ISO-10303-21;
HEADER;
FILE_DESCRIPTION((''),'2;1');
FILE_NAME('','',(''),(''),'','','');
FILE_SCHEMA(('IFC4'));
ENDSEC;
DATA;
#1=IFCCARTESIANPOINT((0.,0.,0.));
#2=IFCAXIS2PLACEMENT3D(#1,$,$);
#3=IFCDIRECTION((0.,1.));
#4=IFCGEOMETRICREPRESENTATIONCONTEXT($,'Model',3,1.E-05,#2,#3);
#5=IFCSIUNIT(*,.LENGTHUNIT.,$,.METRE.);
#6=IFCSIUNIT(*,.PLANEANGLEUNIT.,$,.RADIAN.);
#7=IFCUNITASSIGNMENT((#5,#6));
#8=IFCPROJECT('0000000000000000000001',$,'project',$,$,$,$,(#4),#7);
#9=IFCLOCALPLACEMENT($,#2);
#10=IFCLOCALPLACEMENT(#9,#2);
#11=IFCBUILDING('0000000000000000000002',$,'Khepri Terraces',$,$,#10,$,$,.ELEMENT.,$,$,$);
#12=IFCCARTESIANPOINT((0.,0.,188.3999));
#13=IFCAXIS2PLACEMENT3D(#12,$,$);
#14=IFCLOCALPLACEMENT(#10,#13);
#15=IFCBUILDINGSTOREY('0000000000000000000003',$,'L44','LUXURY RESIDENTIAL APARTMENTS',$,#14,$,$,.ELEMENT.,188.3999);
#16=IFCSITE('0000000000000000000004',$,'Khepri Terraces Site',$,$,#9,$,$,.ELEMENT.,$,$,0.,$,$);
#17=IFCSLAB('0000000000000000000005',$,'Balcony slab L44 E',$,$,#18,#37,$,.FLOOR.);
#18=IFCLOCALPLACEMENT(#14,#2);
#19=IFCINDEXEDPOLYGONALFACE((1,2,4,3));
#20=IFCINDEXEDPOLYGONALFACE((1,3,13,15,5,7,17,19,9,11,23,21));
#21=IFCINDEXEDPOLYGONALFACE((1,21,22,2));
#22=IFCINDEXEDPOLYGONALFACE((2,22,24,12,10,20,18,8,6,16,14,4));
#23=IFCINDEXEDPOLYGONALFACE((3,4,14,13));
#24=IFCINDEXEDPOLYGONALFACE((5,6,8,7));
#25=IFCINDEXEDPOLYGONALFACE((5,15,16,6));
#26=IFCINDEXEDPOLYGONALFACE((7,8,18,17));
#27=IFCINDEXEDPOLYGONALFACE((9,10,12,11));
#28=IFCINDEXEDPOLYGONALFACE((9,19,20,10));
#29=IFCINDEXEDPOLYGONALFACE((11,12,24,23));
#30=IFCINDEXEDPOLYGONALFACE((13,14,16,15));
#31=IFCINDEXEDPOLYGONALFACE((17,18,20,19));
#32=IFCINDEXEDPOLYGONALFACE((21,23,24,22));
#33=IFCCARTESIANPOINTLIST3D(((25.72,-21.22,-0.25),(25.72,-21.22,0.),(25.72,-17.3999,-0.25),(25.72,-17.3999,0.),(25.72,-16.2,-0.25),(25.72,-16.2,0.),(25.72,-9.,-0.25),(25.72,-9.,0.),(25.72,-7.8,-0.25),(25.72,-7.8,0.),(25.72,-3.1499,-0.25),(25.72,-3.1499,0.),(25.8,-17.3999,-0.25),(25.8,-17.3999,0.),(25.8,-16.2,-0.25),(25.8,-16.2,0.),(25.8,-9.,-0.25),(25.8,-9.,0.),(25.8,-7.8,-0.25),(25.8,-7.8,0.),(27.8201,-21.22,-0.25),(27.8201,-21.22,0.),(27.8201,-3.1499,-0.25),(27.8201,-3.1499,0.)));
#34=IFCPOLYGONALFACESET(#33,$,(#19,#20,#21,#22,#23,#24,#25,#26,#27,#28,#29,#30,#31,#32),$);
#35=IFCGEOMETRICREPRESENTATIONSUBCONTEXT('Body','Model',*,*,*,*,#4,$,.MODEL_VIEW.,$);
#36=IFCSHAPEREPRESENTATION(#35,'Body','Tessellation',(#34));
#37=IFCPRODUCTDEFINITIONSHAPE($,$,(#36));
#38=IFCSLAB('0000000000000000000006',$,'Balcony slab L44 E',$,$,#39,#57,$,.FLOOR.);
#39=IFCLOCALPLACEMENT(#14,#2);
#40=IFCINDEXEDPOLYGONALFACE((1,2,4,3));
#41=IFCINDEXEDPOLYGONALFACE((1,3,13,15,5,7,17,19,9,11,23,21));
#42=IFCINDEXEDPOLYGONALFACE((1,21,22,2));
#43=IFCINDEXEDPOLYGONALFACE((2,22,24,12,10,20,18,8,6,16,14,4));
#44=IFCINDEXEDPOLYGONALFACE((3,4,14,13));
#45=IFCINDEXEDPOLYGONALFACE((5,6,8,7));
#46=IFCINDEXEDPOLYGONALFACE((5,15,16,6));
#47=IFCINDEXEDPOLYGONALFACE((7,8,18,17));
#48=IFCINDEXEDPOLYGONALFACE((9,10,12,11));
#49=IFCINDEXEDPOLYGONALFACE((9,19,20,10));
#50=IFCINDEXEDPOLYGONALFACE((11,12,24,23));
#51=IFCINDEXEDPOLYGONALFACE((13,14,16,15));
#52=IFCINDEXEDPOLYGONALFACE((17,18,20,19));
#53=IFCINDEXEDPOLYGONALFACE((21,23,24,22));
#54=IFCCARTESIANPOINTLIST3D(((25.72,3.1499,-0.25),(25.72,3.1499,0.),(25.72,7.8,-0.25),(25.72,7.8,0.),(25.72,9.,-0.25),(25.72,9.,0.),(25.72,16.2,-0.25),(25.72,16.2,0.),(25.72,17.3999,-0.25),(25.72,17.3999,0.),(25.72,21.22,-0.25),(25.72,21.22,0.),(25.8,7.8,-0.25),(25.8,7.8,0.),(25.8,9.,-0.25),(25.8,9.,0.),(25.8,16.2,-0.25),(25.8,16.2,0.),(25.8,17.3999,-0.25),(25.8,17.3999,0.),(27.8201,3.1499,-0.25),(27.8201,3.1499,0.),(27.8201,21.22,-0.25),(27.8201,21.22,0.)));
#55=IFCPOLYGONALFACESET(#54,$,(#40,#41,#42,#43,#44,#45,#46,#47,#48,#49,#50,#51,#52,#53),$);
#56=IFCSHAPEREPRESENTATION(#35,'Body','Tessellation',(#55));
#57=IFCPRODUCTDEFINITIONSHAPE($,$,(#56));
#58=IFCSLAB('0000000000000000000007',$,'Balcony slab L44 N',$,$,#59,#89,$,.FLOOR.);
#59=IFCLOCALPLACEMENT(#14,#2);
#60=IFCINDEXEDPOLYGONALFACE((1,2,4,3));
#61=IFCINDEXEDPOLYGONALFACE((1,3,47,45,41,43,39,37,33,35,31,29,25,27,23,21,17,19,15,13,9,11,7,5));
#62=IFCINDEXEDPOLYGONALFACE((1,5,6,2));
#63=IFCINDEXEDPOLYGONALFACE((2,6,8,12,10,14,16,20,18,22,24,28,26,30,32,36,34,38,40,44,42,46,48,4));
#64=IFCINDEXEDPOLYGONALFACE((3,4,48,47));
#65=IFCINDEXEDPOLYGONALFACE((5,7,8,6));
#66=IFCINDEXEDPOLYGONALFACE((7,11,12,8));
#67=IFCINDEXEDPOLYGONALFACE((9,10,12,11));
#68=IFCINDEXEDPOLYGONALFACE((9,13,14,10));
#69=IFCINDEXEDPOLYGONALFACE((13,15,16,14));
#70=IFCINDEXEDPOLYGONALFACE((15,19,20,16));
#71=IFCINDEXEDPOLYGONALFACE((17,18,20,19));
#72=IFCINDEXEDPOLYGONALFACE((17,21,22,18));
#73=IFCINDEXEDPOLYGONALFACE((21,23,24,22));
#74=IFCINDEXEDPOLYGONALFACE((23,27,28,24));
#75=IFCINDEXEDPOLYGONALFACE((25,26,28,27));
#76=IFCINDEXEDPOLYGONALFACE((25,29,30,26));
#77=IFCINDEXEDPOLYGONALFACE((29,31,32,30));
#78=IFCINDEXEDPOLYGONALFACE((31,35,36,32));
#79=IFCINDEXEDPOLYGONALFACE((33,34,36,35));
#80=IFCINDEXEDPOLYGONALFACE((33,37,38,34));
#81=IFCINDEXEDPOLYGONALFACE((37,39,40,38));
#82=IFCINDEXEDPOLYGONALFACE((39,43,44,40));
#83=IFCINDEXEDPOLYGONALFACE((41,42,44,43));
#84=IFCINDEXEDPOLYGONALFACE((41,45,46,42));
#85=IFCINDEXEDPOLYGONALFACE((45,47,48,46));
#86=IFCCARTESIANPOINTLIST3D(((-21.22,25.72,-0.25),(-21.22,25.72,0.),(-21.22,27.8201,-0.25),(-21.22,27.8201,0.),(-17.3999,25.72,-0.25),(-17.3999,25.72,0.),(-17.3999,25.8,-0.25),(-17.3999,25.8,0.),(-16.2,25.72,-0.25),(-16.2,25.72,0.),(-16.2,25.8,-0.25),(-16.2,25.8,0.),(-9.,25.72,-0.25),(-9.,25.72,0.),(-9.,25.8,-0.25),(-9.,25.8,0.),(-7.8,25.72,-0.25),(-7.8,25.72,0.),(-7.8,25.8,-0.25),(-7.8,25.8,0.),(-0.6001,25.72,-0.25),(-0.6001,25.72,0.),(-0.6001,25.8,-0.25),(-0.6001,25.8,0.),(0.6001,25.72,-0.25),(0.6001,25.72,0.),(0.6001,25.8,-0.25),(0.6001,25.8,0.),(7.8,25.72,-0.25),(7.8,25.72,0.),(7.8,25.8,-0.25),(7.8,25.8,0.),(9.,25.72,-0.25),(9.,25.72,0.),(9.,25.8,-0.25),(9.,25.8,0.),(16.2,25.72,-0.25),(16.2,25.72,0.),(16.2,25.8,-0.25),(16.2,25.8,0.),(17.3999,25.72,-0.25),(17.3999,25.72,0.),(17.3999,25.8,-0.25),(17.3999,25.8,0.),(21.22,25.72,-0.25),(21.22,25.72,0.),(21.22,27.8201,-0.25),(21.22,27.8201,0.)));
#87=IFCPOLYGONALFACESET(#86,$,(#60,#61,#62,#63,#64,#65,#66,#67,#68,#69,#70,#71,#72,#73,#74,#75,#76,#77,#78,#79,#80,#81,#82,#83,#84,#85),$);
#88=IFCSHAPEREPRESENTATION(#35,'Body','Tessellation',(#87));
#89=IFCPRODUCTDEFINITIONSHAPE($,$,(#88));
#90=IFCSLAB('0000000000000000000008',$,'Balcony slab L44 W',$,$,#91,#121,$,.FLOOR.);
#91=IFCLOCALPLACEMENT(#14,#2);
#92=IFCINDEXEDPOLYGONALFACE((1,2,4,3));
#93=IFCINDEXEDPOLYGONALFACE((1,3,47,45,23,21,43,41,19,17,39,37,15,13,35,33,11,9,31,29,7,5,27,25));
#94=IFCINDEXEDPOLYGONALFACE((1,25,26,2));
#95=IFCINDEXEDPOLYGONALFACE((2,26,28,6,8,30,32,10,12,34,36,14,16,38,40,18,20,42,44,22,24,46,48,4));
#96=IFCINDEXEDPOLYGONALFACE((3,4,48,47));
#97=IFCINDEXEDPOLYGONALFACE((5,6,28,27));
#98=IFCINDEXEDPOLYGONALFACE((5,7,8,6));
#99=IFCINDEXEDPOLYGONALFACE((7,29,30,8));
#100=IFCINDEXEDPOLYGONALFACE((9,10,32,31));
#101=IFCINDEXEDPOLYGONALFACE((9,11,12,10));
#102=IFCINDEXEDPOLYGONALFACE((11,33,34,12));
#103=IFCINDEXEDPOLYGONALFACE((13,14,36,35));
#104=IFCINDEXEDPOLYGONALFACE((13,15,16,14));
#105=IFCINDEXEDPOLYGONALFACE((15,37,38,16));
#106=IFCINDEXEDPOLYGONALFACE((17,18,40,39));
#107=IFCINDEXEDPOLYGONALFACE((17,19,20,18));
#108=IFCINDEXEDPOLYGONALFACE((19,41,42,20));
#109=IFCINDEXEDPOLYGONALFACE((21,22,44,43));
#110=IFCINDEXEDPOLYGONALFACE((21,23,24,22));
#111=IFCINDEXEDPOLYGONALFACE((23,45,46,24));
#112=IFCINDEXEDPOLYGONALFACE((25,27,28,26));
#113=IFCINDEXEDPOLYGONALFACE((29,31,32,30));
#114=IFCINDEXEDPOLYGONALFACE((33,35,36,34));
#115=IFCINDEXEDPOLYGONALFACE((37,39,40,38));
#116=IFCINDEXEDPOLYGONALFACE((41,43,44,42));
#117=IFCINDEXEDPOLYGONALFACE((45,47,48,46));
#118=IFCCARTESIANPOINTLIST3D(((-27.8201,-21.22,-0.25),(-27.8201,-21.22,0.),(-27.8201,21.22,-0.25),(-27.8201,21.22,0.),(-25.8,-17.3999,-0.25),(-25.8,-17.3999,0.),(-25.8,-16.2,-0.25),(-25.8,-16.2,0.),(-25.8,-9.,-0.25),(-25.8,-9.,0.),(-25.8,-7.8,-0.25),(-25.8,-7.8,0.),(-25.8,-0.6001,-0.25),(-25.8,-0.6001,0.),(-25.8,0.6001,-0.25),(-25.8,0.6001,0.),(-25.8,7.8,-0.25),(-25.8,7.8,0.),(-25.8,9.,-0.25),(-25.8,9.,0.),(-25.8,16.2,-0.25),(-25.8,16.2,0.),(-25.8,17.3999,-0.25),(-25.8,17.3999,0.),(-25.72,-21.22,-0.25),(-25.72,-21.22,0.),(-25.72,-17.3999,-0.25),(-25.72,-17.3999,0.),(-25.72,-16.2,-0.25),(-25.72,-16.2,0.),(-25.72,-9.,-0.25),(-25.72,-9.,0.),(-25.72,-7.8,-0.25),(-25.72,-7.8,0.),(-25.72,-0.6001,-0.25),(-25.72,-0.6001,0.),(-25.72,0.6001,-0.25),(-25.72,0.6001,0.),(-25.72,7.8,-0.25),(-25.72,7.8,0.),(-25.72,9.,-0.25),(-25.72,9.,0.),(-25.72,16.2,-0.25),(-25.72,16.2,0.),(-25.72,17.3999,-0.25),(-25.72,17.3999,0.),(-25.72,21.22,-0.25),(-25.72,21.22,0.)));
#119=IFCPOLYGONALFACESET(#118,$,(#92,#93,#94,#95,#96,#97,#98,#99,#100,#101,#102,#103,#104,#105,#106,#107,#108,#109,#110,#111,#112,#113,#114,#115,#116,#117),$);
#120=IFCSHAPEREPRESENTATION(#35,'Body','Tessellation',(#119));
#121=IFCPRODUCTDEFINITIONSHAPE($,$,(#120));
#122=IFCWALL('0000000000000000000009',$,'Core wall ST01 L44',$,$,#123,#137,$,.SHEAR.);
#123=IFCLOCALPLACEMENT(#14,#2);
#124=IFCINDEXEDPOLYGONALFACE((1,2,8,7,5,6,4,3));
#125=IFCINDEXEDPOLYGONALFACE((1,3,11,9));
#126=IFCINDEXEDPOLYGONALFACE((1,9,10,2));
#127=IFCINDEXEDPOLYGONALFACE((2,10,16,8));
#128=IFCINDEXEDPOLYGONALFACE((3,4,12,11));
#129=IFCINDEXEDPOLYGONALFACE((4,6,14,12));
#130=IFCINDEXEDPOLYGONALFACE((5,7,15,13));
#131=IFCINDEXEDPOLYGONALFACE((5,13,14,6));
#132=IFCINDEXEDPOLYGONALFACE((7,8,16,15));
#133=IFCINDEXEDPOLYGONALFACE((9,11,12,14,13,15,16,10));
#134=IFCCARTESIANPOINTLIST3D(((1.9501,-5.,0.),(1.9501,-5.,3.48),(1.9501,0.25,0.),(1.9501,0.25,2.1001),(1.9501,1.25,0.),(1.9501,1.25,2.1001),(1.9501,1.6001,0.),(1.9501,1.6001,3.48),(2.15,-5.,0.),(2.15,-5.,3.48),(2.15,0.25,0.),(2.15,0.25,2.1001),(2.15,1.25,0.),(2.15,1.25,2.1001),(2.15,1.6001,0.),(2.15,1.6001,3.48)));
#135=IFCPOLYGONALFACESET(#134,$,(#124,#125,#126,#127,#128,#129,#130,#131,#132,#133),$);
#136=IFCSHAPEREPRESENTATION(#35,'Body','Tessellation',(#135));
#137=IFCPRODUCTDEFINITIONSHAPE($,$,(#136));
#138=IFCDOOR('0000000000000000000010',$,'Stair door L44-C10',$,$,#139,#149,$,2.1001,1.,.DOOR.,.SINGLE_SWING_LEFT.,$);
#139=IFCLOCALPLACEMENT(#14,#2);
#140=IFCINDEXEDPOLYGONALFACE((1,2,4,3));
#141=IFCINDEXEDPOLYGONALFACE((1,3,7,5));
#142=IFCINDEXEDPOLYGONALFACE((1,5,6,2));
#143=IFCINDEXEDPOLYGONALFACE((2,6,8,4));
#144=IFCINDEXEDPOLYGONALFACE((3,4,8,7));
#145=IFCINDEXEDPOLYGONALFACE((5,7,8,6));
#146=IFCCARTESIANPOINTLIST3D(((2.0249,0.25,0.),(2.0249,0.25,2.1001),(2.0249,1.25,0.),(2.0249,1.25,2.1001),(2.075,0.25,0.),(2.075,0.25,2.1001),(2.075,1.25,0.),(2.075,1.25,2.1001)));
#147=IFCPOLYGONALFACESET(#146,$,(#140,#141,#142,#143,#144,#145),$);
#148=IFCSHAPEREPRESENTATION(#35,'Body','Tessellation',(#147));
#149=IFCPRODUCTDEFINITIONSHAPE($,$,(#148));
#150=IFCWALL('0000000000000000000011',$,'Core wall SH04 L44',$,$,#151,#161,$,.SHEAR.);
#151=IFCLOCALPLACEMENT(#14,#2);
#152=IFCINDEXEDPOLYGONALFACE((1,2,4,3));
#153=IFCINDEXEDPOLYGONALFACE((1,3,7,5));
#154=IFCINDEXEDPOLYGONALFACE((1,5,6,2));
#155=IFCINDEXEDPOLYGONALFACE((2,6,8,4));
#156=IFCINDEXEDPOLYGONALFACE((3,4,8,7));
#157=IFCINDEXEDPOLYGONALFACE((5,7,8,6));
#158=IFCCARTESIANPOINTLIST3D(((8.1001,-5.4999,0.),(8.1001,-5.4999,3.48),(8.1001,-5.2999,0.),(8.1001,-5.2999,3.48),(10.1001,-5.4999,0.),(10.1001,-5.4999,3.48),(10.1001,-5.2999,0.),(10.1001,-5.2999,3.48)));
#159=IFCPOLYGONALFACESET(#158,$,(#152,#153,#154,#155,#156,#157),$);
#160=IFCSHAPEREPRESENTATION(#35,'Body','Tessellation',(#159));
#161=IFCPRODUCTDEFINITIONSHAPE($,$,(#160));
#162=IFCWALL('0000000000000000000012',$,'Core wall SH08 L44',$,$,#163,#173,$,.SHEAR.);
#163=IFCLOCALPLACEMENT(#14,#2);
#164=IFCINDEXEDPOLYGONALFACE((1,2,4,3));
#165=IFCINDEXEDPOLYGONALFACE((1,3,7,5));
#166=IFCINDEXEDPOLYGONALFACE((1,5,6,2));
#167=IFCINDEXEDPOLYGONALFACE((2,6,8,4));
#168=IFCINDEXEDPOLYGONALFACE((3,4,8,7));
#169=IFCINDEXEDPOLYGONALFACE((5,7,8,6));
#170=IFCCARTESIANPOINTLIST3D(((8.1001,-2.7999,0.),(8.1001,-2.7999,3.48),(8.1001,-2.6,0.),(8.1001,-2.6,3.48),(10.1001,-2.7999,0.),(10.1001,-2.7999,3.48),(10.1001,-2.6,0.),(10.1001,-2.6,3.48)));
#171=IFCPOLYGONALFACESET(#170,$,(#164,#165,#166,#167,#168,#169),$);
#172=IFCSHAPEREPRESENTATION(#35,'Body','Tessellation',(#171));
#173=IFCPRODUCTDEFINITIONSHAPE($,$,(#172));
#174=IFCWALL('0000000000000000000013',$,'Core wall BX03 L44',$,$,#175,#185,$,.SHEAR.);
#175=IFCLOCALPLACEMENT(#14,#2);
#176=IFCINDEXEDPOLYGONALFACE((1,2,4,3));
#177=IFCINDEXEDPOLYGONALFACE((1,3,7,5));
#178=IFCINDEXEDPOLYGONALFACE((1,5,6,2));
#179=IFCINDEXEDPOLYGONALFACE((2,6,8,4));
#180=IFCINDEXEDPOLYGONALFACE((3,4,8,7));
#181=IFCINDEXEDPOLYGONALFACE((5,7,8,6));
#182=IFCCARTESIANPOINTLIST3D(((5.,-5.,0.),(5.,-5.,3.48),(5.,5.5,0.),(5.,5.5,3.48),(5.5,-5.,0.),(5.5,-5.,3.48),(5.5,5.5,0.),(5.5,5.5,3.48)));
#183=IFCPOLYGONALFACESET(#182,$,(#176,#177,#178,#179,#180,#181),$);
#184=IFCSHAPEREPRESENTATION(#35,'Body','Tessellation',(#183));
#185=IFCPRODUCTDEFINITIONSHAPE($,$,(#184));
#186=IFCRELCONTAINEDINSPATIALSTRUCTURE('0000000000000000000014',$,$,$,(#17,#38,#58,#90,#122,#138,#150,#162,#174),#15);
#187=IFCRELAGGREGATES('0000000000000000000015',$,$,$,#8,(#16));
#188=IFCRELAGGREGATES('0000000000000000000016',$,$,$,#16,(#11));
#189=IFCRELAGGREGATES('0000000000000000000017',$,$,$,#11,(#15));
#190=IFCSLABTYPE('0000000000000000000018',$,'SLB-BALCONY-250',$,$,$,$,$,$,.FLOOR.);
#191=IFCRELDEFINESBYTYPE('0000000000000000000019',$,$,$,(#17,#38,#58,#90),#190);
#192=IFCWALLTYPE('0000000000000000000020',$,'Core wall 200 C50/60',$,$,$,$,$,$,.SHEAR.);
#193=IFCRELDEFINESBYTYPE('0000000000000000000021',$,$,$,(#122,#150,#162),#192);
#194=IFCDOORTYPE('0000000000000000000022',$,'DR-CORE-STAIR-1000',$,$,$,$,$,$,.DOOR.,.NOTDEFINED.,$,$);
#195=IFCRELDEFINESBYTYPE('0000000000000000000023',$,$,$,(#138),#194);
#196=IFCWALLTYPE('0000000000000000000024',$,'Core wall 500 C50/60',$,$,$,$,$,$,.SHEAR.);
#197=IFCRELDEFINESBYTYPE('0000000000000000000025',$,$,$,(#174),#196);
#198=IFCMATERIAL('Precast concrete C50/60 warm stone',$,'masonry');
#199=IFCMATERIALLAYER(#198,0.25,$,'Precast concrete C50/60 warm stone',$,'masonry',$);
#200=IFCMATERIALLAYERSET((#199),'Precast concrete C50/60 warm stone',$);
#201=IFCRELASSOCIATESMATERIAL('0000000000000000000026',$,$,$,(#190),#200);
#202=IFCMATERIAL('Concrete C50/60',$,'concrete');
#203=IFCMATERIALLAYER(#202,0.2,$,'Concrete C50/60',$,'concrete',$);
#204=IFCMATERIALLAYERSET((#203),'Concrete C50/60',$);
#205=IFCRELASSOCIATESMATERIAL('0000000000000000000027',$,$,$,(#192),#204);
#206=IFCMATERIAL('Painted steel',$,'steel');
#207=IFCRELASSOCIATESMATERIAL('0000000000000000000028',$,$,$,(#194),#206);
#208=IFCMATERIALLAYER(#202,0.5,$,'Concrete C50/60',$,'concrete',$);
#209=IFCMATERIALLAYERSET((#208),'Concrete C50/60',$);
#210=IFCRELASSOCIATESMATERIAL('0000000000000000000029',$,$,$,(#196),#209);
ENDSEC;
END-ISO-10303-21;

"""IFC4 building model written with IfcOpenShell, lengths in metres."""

from ifc_helpers import new_model, si_unit, direction, frame, frame_2d, origin, place, context, subcontext, project, spatial, polyline, rectangle, outline, extrude, material, layer, layer_set, type_object, element, fill, save


model = new_model("IFC4")

# Units and contexts
model_context = context("Model", 3, precision=1e-05, world=origin(), true_north=direction((0.0, 1.0)))
body_context = subcontext(model_context, "Body", "Model", "MODEL_VIEW")
ifc_project = project(units=[si_unit("LENGTHUNIT", "METRE"), si_unit("PLANEANGLEUNIT", "RADIAN")], contexts=[model_context])

# Site, building, storey
site_placement = place(None, origin())
site = spatial("IfcSite", under=ifc_project, at=site_placement, Name="Khepri Terraces Site", CompositionType="ELEMENT", RefElevation=0.0)
building_placement = place(site_placement, origin())
building = spatial("IfcBuilding", under=site, at=building_placement, Name="Khepri Terraces", CompositionType="ELEMENT")
storey_placement = place(building_placement, frame((0.0, 0.0, 188.3999)))
storey = spatial("IfcBuildingStorey", under=building, at=storey_placement, Name="L44", Description="LUXURY RESIDENTIAL APARTMENTS", CompositionType="ELEMENT", Elevation=188.3999)

# Slabs
ifc_material_1 = material(Name="Precast concrete C50/60 warm stone", Category="masonry")
ifc_layer_1 = layer(ifc_material_1, 0.25, Name="Precast concrete C50/60 warm stone", Category="masonry")
ifc_layer_set_1 = layer_set([ifc_layer_1], Name="Precast concrete C50/60 warm stone")
slab_type = type_object("IfcSlabType", Name="SLB-BALCONY-250", PredefinedType="FLOOR", material=ifc_layer_set_1)
slab_1_placement = place(storey_placement, frame((0.0, 0.0, -0.25)))
element("IfcSlab", 1, at=slab_1_placement, inside=storey, type_object=slab_type, Name="Balcony slab L44 E", PredefinedType="FLOOR", context=body_context, shape_type="SweptSolid", body=[
    extrude(outline(polyline([(25.72, -17.3999), (25.72, -21.22), (27.8201, -21.22), (27.8201, -3.1499), (25.72, -3.1499), (25.72, -7.8), (25.8, -7.8), (25.8, -9.0), (25.72, -9.0), (25.72, -16.2), (25.8, -16.2), (25.8, -17.3999), (25.72, -17.3999)])), origin(), (0.0, 0.0, 1.0), 0.25),
])
slab_2_placement = place(storey_placement, frame((0.0, 0.0, -0.25)))
element("IfcSlab", 2, at=slab_2_placement, inside=storey, type_object=slab_type, Name="Balcony slab L44 E", PredefinedType="FLOOR", context=body_context, shape_type="SweptSolid", body=[
    extrude(outline(polyline([(25.72, 7.8), (25.72, 3.1499), (27.8201, 3.1499), (27.8201, 21.22), (25.72, 21.22), (25.72, 17.3999), (25.8, 17.3999), (25.8, 16.2), (25.72, 16.2), (25.72, 9.0), (25.8, 9.0), (25.8, 7.8), (25.72, 7.8)])), origin(), (0.0, 0.0, 1.0), 0.25),
])
slab_3_placement = place(storey_placement, frame((0.0, 0.0, -0.25)))
element("IfcSlab", 3, at=slab_3_placement, inside=storey, type_object=slab_type, Name="Balcony slab L44 N", PredefinedType="FLOOR", context=body_context, shape_type="SweptSolid", body=[
    extrude(outline(polyline([(17.3999, 25.72), (21.22, 25.72), (21.22, 27.8201), (-21.22, 27.8201), (-21.22, 25.72), (-17.3999, 25.72), (-17.3999, 25.8), (-16.2, 25.8), (-16.2, 25.72), (-9.0, 25.72), (-9.0, 25.8), (-7.8, 25.8), (-7.8, 25.72), (-0.6001, 25.72), (-0.6001, 25.8), (0.6001, 25.8), (0.6001, 25.72), (7.8, 25.72), (7.8, 25.8), (9.0, 25.8), (9.0, 25.72), (16.2, 25.72), (16.2, 25.8), (17.3999, 25.8), (17.3999, 25.72)])), origin(), (0.0, 0.0, 1.0), 0.25),
])
slab_4_placement = place(storey_placement, frame((0.0, 0.0, -0.25)))
element("IfcSlab", 4, at=slab_4_placement, inside=storey, type_object=slab_type, Name="Balcony slab L44 W", PredefinedType="FLOOR", context=body_context, shape_type="SweptSolid", body=[
    extrude(outline(polyline([(-25.72, 17.3999), (-25.72, 21.22), (-27.8201, 21.22), (-27.8201, -21.22), (-25.72, -21.22), (-25.72, -17.3999), (-25.8, -17.3999), (-25.8, -16.2), (-25.72, -16.2), (-25.72, -9.0), (-25.8, -9.0), (-25.8, -7.8), (-25.72, -7.8), (-25.72, -0.6001), (-25.8, -0.6001), (-25.8, 0.6001), (-25.72, 0.6001), (-25.72, 7.8), (-25.8, 7.8), (-25.8, 9.0), (-25.72, 9.0), (-25.72, 16.2), (-25.8, 16.2), (-25.8, 17.3999), (-25.72, 17.3999)])), origin(), (0.0, 0.0, 1.0), 0.25),
])

# Wall, opening, door
ifc_material_2 = material(Name="Concrete C50/60", Category="concrete")
ifc_layer_2 = layer(ifc_material_2, 0.2, Name="Concrete C50/60", Category="concrete")
ifc_layer_set_2 = layer_set([ifc_layer_2], Name="Concrete C50/60")
wall_type_1 = type_object("IfcWallType", Name="Core wall 200 C50/60", PredefinedType="SHEAR", material=ifc_layer_set_2)
wall_1_placement = place(storey_placement, frame((2.05, -5.0, 0.0), z_axis=(0.0, 0.0, 1.0), x_axis=(0.0, 1.0, 0.0)))
wall_1 = element("IfcWall", 5, at=wall_1_placement, inside=storey, type_object=wall_type_1, Name="Core wall ST01 L44", PredefinedType="SHEAR", context=body_context, shape_type="SweptSolid", body=[
    extrude(rectangle(XDim=6.6001, YDim=0.2, at=frame_2d((3.3, 0.0))), origin(), (0.0, 0.0, 1.0), 3.48),
])
opening_1_placement = place(wall_1_placement, frame((5.25, 0.0, 0.0)))
opening_1 = element("IfcOpeningElement", 6, at=opening_1_placement, cuts=wall_1, PredefinedType="OPENING", context=body_context, shape_type="SweptSolid", body=[
    extrude(rectangle(XDim=1.0, YDim=2.1001, at=frame_2d((0.5, 1.05))), frame((0.0, 0.1099, 0.0), z_axis=(0.0, -1.0, 0.0), x_axis=(1.0, 0.0, 0.0)), (0.0, 0.0, 1.0), 0.22),
])
ifc_material_3 = material(Name="Painted steel", Category="steel")
door_type_1 = type_object("IfcDoorType", Name="DR-CORE-STAIR-1000", OperationType="NOTDEFINED", PredefinedType="DOOR", material=ifc_material_3)
door_1_placement = place(opening_1_placement, frame((1.0, 0.0, 0.0), z_axis=(0.0, 0.0, 1.0), x_axis=(-1.0, 0.0, 0.0)))
door_1 = element("IfcDoor", 7, at=door_1_placement, inside=storey, type_object=door_type_1, Name="Stair door L44-C10", OperationType="SINGLE_SWING_LEFT", OverallHeight=2.1001, OverallWidth=1.0, PredefinedType="DOOR", context=body_context, shape_type="SweptSolid", body=[
    extrude(rectangle(XDim=1.0, YDim=2.1001, at=frame_2d((0.5, 1.05))), frame((0.0, 0.0249, 0.0), z_axis=(0.0, -1.0, 0.0), x_axis=(1.0, 0.0, 0.0)), (0.0, 0.0, 1.0), 0.05),
])
fill(opening_1, door_1)

# Walls
for number, where, z_axis, x_axis, name in (
    (8, (8.1001, -5.3999, 0.0), (0.0, 0.0, 1.0), (1.0, 0.0, 0.0), "Core wall SH04 L44"),
    (9, (8.1001, -2.7, 0.0), (0.0, 0.0, 1.0), (1.0, 0.0, 0.0), "Core wall SH08 L44"),
):
    element("IfcWall", number, at=place(storey_placement, frame(where, z_axis=z_axis, x_axis=x_axis)), inside=storey, type_object=wall_type_1, Name=name, PredefinedType="SHEAR", context=body_context, shape_type="SweptSolid", body=[
        extrude(rectangle(XDim=2.0, YDim=0.2, at=frame_2d((1.0, 0.0))), origin(), (0.0, 0.0, 1.0), 3.48),
    ])
ifc_layer_3 = layer(ifc_material_2, 0.5, Name="Concrete C50/60", Category="concrete")
ifc_layer_set_3 = layer_set([ifc_layer_3], Name="Concrete C50/60")
wall_type_2 = type_object("IfcWallType", Name="Core wall 500 C50/60", PredefinedType="SHEAR", material=ifc_layer_set_3)
wall_2_placement = place(storey_placement, frame((5.25, -5.0, 0.0), z_axis=(0.0, 0.0, 1.0), x_axis=(0.0, 1.0, 0.0)))
element("IfcWall", 10, at=wall_2_placement, inside=storey, type_object=wall_type_2, Name="Core wall BX03 L44", PredefinedType="SHEAR", context=body_context, shape_type="SweptSolid", body=[
    extrude(rectangle(XDim=10.5, YDim=0.5, at=frame_2d((5.25, 0.0))), origin(), (0.0, 0.0, 1.0), 3.48),
])

save(model, "model.ifc")
